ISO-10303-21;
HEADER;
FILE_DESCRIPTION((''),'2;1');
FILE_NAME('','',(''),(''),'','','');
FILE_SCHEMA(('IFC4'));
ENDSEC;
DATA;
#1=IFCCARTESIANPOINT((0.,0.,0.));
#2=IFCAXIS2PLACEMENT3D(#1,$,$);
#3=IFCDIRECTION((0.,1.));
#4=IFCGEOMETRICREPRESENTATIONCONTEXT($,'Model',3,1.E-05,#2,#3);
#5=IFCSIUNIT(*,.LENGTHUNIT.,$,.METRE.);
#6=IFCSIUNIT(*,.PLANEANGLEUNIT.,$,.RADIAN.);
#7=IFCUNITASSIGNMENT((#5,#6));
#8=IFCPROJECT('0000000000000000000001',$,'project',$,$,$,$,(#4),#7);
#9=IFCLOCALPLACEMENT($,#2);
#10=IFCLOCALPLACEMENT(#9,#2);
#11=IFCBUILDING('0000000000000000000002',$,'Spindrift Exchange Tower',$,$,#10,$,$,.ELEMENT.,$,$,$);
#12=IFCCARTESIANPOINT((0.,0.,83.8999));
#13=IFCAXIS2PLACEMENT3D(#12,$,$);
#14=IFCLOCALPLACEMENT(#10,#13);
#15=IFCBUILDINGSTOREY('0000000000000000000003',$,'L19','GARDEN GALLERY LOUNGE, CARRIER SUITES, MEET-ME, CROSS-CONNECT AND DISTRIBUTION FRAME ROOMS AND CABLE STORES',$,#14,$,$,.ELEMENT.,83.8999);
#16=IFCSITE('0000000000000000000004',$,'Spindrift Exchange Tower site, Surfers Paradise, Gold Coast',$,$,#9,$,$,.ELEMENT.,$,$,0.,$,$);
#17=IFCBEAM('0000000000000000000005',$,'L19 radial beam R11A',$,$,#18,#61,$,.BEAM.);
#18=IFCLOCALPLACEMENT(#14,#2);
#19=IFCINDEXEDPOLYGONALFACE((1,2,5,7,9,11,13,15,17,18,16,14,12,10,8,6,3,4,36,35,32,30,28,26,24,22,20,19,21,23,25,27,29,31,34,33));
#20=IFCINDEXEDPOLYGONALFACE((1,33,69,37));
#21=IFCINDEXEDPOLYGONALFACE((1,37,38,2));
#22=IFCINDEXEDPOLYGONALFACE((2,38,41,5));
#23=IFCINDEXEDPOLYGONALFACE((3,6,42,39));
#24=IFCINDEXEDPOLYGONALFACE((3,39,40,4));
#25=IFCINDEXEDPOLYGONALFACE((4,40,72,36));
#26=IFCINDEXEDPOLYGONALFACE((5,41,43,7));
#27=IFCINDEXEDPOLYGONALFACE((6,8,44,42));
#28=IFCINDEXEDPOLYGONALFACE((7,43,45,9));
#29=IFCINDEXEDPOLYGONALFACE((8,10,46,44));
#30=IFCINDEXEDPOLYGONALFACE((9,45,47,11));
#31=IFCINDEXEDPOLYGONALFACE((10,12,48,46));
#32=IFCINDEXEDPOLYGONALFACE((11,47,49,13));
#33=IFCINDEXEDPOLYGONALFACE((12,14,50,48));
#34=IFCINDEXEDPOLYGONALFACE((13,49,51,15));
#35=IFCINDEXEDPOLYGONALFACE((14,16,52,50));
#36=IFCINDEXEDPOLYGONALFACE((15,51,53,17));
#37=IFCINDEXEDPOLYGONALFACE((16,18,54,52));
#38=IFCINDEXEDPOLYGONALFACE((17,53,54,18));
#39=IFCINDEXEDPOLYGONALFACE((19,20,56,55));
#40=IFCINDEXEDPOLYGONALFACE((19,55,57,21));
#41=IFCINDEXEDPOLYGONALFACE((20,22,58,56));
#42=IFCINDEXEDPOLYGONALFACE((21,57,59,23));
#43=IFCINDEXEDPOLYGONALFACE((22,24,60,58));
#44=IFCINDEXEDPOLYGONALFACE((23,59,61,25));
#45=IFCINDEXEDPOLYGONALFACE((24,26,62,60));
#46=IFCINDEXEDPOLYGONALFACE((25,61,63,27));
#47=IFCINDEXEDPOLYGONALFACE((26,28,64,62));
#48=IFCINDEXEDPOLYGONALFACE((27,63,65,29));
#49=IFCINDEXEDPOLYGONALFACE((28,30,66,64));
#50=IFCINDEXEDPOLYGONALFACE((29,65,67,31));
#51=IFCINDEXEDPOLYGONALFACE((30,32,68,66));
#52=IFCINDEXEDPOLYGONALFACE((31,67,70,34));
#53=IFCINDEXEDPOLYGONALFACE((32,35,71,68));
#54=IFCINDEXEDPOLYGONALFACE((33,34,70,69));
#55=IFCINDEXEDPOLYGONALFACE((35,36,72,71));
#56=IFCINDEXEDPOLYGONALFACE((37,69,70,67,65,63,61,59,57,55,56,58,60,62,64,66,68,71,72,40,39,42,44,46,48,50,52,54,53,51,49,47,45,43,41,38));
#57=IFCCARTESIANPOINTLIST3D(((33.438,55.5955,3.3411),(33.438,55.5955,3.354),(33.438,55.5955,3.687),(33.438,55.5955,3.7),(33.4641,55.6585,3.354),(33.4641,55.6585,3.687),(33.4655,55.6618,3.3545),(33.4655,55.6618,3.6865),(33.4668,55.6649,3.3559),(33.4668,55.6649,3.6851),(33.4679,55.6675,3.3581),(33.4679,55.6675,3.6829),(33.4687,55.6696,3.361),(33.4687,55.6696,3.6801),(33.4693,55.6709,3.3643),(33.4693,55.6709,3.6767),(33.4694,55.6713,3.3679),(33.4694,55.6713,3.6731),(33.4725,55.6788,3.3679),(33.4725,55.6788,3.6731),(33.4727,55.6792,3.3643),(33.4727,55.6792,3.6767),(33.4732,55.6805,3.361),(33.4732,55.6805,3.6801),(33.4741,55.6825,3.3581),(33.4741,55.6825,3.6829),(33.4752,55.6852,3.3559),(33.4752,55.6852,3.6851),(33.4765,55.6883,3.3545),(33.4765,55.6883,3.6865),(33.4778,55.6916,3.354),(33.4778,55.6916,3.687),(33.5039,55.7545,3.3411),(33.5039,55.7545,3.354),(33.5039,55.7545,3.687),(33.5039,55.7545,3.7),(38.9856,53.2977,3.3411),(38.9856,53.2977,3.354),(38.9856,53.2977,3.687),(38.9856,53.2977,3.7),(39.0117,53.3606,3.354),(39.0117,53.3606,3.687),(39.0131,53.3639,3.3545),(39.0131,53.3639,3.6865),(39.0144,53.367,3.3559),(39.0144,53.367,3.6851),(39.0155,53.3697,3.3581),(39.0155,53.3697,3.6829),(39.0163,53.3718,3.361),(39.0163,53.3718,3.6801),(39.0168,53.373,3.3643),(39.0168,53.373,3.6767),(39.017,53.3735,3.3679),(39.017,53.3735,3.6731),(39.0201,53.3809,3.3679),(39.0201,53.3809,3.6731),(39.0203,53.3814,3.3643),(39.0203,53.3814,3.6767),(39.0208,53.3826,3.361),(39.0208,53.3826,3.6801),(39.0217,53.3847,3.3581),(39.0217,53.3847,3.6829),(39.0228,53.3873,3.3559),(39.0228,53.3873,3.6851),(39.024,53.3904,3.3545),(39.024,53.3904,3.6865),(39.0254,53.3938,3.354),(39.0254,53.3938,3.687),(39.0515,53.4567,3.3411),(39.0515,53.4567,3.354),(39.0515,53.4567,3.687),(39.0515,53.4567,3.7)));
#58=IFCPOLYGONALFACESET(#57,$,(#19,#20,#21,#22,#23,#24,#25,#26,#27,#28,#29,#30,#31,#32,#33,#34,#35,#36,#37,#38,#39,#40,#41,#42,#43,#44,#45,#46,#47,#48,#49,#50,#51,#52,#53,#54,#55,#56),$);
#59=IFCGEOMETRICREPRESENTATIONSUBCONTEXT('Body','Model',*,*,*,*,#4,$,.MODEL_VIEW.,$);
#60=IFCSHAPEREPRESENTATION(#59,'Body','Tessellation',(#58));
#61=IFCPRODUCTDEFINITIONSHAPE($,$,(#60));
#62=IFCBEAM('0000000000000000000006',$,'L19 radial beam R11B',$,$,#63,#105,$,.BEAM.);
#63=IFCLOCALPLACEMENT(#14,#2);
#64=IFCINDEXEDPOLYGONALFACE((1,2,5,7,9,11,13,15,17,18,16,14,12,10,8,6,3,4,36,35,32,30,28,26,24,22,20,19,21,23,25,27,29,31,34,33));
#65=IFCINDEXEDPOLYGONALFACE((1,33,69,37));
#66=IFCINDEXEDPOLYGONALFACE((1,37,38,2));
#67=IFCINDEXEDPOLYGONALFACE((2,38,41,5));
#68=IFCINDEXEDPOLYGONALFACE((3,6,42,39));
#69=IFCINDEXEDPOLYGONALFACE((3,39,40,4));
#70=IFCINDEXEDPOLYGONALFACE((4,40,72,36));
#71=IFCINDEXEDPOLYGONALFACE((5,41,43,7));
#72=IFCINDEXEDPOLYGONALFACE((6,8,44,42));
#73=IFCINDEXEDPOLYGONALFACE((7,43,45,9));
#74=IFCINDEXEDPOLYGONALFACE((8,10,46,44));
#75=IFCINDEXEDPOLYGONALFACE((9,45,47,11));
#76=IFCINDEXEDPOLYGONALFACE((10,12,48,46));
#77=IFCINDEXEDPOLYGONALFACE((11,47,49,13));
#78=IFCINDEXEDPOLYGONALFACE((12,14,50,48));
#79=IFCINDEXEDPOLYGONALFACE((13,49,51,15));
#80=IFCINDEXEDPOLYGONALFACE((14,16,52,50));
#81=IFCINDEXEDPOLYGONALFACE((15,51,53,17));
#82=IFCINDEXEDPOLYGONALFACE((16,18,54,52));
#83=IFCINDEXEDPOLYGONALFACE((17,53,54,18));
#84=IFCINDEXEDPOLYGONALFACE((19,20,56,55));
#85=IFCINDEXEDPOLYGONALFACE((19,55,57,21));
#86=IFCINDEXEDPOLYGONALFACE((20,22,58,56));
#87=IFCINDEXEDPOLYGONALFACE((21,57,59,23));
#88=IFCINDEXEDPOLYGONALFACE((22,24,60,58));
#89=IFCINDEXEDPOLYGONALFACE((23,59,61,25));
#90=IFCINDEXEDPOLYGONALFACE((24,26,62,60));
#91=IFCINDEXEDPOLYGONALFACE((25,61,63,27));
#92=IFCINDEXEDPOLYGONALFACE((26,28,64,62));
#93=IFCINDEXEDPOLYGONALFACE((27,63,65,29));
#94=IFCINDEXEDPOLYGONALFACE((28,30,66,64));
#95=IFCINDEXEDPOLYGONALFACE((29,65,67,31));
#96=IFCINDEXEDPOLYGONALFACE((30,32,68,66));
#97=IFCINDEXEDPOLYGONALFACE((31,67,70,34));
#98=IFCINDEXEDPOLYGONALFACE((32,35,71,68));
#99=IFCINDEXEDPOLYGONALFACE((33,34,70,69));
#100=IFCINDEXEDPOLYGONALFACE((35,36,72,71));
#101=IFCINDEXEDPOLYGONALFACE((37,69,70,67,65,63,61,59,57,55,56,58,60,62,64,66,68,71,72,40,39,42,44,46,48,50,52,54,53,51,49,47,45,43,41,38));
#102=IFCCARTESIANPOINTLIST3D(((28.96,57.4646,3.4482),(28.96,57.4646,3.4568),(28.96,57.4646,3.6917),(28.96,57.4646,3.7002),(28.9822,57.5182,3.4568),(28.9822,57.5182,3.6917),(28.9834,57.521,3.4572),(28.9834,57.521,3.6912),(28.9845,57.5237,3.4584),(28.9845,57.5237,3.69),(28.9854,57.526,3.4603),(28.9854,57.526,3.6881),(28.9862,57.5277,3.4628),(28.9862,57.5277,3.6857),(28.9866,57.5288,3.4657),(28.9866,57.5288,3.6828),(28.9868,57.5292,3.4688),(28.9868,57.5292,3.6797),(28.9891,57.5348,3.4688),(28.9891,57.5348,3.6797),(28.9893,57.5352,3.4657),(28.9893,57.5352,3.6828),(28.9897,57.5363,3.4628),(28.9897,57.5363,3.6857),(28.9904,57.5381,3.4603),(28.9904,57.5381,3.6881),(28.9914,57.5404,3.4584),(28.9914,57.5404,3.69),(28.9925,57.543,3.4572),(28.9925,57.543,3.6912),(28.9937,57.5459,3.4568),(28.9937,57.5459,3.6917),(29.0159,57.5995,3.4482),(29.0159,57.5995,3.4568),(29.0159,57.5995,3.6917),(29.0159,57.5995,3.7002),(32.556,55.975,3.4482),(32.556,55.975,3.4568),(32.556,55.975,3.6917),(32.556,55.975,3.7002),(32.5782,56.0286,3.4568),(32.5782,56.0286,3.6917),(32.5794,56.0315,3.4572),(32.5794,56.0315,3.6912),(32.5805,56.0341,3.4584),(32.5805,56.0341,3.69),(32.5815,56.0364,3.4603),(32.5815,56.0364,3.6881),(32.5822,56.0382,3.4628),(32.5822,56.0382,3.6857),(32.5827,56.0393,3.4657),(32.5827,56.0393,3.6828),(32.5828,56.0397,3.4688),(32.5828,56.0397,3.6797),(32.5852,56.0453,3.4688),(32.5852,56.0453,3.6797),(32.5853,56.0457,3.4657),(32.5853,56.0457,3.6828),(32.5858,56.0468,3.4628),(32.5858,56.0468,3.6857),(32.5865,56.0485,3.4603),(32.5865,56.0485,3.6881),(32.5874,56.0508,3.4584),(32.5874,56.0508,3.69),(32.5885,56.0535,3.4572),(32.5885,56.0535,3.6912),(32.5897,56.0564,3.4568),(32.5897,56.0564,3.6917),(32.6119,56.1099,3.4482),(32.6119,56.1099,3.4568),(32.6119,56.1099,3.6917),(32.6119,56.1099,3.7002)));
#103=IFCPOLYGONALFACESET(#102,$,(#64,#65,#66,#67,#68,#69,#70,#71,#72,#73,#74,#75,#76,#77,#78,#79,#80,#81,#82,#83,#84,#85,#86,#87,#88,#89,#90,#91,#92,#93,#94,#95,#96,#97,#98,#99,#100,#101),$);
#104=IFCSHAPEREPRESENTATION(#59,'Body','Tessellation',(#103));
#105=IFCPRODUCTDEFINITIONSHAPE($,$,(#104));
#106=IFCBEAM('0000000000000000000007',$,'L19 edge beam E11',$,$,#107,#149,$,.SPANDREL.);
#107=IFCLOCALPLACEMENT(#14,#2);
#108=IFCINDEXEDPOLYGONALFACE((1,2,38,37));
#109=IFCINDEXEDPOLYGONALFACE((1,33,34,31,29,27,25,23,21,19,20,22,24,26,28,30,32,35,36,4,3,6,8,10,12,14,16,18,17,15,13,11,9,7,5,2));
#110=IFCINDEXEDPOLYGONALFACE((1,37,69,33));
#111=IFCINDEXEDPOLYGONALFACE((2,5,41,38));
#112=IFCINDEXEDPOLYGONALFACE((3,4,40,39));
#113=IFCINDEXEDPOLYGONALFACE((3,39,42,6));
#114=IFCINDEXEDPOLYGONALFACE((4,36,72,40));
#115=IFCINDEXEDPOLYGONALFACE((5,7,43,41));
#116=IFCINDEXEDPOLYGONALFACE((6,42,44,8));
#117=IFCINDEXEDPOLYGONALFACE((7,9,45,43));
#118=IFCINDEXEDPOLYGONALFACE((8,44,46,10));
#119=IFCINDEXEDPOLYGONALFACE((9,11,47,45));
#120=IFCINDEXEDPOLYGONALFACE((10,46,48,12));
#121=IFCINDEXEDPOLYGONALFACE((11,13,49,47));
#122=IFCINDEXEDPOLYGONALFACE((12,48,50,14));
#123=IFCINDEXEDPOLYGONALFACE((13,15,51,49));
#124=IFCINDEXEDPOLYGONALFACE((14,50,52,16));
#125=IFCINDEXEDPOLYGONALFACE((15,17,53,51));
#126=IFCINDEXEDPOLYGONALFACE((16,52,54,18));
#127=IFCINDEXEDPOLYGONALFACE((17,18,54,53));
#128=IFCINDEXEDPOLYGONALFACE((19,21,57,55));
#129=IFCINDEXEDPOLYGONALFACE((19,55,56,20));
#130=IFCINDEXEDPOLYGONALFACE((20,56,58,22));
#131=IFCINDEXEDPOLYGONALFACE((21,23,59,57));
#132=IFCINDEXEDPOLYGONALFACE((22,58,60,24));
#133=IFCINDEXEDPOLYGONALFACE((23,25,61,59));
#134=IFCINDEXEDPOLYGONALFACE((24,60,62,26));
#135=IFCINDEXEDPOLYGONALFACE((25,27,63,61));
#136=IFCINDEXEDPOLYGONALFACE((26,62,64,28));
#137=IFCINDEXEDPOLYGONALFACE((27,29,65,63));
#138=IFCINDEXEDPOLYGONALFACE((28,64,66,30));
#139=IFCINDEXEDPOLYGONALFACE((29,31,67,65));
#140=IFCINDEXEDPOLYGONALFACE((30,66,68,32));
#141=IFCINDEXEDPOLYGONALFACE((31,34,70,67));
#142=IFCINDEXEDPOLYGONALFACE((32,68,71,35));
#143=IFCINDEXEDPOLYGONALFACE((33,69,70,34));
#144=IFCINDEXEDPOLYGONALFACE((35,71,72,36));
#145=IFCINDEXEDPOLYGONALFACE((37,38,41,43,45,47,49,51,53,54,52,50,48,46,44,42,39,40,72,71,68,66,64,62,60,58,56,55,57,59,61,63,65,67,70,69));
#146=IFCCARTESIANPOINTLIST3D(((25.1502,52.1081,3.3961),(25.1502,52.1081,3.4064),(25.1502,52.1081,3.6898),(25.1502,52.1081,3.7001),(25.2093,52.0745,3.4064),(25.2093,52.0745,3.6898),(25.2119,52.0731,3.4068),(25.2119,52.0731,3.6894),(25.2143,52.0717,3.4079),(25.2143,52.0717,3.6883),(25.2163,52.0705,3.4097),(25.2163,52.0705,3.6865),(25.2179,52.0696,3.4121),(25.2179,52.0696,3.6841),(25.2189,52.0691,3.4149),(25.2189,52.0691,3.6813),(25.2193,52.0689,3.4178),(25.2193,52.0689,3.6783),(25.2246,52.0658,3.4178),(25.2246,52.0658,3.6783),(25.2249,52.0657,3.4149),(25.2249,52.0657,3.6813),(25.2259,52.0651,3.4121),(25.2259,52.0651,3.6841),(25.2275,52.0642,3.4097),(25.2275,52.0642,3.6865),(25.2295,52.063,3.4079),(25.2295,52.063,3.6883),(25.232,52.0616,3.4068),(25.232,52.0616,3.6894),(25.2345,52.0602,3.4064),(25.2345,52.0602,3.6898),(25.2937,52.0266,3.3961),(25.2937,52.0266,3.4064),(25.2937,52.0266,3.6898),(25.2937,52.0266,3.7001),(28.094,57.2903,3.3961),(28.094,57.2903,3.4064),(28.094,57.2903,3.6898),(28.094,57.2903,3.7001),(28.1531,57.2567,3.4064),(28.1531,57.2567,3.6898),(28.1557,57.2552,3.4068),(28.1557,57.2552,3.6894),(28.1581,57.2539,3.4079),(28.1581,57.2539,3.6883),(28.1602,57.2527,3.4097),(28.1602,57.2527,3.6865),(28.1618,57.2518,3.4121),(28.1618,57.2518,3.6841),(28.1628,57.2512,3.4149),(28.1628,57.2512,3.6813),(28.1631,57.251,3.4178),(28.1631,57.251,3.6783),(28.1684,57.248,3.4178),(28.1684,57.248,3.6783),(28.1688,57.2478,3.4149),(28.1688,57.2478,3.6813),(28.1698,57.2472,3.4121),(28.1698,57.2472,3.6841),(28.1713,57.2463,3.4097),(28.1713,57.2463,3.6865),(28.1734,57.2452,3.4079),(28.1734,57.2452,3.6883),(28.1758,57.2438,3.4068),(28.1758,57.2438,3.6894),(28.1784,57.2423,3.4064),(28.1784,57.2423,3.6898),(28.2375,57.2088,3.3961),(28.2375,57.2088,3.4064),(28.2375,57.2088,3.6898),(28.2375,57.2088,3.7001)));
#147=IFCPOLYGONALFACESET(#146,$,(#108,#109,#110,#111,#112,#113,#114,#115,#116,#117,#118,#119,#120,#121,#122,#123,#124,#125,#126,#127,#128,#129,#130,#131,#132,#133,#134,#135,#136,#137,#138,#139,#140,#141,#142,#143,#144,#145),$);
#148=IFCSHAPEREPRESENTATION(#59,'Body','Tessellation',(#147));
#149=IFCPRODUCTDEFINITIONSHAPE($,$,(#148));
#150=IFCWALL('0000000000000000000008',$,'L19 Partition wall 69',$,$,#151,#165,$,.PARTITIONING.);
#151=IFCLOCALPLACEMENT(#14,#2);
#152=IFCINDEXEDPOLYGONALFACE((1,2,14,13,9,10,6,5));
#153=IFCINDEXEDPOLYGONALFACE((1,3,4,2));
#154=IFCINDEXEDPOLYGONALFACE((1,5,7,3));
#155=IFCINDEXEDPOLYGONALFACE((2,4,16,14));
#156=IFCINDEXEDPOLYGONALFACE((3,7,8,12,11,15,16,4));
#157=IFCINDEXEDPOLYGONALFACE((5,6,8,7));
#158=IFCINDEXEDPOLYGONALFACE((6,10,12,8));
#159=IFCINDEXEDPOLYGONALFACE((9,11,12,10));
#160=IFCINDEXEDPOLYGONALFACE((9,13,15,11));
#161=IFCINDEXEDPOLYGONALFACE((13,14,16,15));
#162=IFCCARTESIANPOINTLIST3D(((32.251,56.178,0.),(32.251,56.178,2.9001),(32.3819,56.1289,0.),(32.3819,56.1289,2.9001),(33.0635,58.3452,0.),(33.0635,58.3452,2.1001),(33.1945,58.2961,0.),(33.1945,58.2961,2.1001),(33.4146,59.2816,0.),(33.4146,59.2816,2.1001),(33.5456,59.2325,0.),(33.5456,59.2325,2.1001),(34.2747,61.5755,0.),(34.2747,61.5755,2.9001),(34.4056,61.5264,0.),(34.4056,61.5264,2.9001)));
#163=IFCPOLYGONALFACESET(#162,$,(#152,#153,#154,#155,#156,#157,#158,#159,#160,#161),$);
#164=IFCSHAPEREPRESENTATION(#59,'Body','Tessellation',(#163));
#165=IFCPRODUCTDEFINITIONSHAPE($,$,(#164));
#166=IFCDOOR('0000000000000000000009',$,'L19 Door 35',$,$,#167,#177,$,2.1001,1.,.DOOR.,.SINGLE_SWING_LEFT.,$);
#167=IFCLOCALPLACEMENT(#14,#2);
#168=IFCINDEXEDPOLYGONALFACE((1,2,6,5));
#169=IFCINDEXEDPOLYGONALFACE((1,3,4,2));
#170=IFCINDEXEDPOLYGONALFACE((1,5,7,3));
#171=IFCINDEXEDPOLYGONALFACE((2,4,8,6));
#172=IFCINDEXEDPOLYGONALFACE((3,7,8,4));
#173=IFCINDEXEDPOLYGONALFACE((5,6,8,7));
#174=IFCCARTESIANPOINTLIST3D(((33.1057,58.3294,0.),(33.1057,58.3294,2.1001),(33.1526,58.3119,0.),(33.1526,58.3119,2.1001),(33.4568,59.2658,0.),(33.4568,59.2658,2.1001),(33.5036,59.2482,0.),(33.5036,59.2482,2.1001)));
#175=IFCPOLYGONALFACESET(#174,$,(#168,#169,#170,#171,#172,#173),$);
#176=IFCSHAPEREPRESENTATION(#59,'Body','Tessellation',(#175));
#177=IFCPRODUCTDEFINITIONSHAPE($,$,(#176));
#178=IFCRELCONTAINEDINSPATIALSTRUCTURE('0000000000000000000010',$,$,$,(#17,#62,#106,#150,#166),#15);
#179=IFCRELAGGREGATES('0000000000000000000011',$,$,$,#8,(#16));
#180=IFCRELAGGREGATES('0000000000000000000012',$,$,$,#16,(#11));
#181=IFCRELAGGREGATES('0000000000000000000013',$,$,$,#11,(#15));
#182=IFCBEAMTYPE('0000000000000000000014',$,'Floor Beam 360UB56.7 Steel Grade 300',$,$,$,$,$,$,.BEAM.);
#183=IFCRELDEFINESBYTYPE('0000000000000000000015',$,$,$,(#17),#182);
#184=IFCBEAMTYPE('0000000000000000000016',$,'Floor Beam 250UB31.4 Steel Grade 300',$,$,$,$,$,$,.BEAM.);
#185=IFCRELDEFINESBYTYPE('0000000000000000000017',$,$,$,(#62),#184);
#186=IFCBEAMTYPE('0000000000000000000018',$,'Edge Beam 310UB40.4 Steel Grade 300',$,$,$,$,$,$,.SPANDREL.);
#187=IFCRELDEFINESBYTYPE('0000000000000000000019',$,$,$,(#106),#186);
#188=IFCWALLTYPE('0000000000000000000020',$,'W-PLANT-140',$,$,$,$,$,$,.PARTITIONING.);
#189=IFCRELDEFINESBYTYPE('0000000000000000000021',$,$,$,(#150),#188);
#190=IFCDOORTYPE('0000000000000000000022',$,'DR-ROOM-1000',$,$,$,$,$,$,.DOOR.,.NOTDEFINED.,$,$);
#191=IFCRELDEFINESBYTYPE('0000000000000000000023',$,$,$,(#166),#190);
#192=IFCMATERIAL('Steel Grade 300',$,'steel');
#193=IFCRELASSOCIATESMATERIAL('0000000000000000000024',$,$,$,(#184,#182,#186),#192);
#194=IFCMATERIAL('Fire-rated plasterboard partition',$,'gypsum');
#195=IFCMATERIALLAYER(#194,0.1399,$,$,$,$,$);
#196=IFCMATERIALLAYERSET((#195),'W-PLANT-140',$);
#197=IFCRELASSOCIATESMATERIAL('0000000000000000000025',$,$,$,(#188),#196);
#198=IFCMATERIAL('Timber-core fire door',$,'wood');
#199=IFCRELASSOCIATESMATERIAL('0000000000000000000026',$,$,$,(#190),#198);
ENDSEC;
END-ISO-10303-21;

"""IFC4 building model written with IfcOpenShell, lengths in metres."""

from ifc_helpers import new_model, si_unit, direction, frame, frame_2d, origin, origin_2d, place, context, subcontext, project, spatial, rectangle, i_section, extrude, source, transform, mapped, material, layer, layer_set, material_profile, profile_set, type_object, element, fill, save


model = new_model("IFC4")

# Units and contexts
model_context = context("Model", 3, precision=1e-05, world=origin(), true_north=direction((0.0, 1.0)))
body_context = subcontext(model_context, "Body", "Model", "MODEL_VIEW")
ifc_project = project(units=[si_unit("LENGTHUNIT", "METRE"), si_unit("PLANEANGLEUNIT", "RADIAN")], contexts=[model_context])

# Site, building, storey
site_placement = place(None, origin())
site = spatial("IfcSite", under=ifc_project, at=site_placement, Name="Spindrift Exchange Tower site, Surfers Paradise, Gold Coast", CompositionType="ELEMENT", RefElevation=0.0)
building_placement = place(site_placement, origin())
building = spatial("IfcBuilding", under=site, at=building_placement, Name="Spindrift Exchange Tower", CompositionType="ELEMENT")
storey_placement = place(building_placement, frame((0.0, 0.0, 83.8999)))
storey = spatial("IfcBuildingStorey", under=building, at=storey_placement, Name="L19", Description="GARDEN GALLERY LOUNGE, CARRIER SUITES, MEET-ME, CROSS-CONNECT AND DISTRIBUTION FRAME ROOMS AND CABLE STORES", CompositionType="ELEMENT", Elevation=83.8999)

# Beams
ifc_material_1 = material(Name="Steel Grade 300", Category="steel")
ifc_material_profile_1 = material_profile(ifc_material_1, i_section(OverallWidth=0.146, OverallDepth=0.252, WebThickness=0.0061, FlangeThickness=0.0085, FilletRadius=0.012, at=origin_2d()), Name="250UB31.4")
ifc_profile_set_1 = profile_set([ifc_material_profile_1], Name="Steel Grade 300")
beam_type_1 = type_object("IfcBeamType", Name="Floor Beam 250UB31.4 Steel Grade 300", PredefinedType="BEAM", material=ifc_profile_set_1)
ifc_material_profile_2 = material_profile(ifc_material_1, i_section(OverallWidth=0.1721, OverallDepth=0.3589, WebThickness=0.0081, FlangeThickness=0.0129, FilletRadius=0.0139, at=origin_2d()), Name="360UB56.7")
ifc_profile_set_2 = profile_set([ifc_material_profile_2], Name="Steel Grade 300")
beam_type_2 = type_object("IfcBeamType", Name="Floor Beam 360UB56.7 Steel Grade 300", PredefinedType="BEAM", material=ifc_profile_set_2)
shared_shape_1 = source(origin(), body_context, "Body", "SweptSolid", [
    extrude(i_section(OverallWidth=0.1721, OverallDepth=0.3589, WebThickness=0.0081, FlangeThickness=0.0129, FilletRadius=0.0139, at=origin_2d()), origin(), (0.0, 0.0, 1.0), 6.0046),
])
beam_1_placement = place(storey_placement, frame((39.0186, 53.3772, 3.5205), z_axis=(-0.923882, 0.382677, 0.0), x_axis=(-0.382677, -0.923882, 0.0)))
element("IfcBeam", 1, at=beam_1_placement, inside=storey, type_object=beam_type_2, Name="L19 radial beam R11A", PredefinedType="BEAM", context=body_context, shape_type="MappedRepresentation", body=[
    mapped(shared_shape_1, transform((0.0, 0.0, 0.0), scale=1.0)),
])
shared_shape_2 = source(origin(), body_context, "Body", "SweptSolid", [
    extrude(i_section(OverallWidth=0.146, OverallDepth=0.252, WebThickness=0.0061, FlangeThickness=0.0085, FilletRadius=0.012, at=origin_2d()), origin(), (0.0, 0.0, 1.0), 3.8923),
])
beam_2_placement = place(storey_placement, frame((32.584, 56.0425, 3.5742), z_axis=(-0.923878, 0.382686, 0.0), x_axis=(-0.382686, -0.923878, 0.0)))
element("IfcBeam", 2, at=beam_2_placement, inside=storey, type_object=beam_type_1, Name="L19 radial beam R11B", PredefinedType="BEAM", context=body_context, shape_type="MappedRepresentation", body=[
    mapped(shared_shape_2, transform((0.0, 0.0, 0.0), scale=1.0)),
])
ifc_material_profile_3 = material_profile(ifc_material_1, i_section(OverallWidth=0.165, OverallDepth=0.304, WebThickness=0.0061, FlangeThickness=0.0103, FilletRadius=0.0115, at=origin_2d()), Name="310UB40.4")
ifc_profile_set_3 = profile_set([ifc_material_profile_3], Name="Steel Grade 300")
beam_type_3 = type_object("IfcBeamType", Name="Edge Beam 310UB40.4 Steel Grade 300", PredefinedType="SPANDREL", material=ifc_profile_set_3)
shared_shape_3 = source(origin(), body_context, "Body", "SweptSolid", [
    extrude(i_section(OverallWidth=0.165, OverallDepth=0.304, WebThickness=0.0061, FlangeThickness=0.0103, FilletRadius=0.0115, at=origin_2d()), origin(), (0.0, 0.0, 1.0), 5.96),
])
beam_3_placement = place(storey_placement, frame((28.1658, 57.2495, 3.5481), z_axis=(-0.49394, -0.869496, 0.0), x_axis=(0.869496, -0.49394, 0.0)))
element("IfcBeam", 3, at=beam_3_placement, inside=storey, type_object=beam_type_3, Name="L19 edge beam E11", PredefinedType="SPANDREL", context=body_context, shape_type="MappedRepresentation", body=[
    mapped(shared_shape_3, transform((0.0, 0.0, 0.0), scale=1.0)),
])

# Wall, opening, door
ifc_material_2 = material(Name="Fire-rated plasterboard partition", Category="gypsum")
ifc_layer = layer(ifc_material_2, 0.1399)
ifc_layer_set = layer_set([ifc_layer], Name="W-PLANT-140")
wall_type = type_object("IfcWallType", Name="W-PLANT-140", PredefinedType="PARTITIONING", material=ifc_layer_set)
wall_1_placement = place(storey_placement, frame((32.3164, 56.1533, 0.0), z_axis=(0.0, 0.0, 1.0), x_axis=(0.351068, 0.93635, 0.0)))
wall_1 = element("IfcWall", 4, at=wall_1_placement, inside=storey, type_object=wall_type, Name="L19 Partition wall 69", PredefinedType="PARTITIONING", context=body_context, shape_type="SweptSolid", body=[
    extrude(rectangle(XDim=5.7644, YDim=0.1399, at=frame_2d((2.8823, 0.0))), origin(), (0.0, 0.0, 1.0), 2.9001),
])
opening_placement = place(wall_1_placement, frame((2.3147, 0.0, 0.0)))
opening = element("IfcOpeningElement", 5, at=opening_placement, cuts=wall_1, PredefinedType="OPENING", context=body_context, shape_type="SweptSolid", body=[
    extrude(rectangle(XDim=1.0, YDim=2.1001, at=frame_2d((0.5, 1.05))), frame((0.0, 0.0798, 0.0), z_axis=(0.0, -1.0, 0.0), x_axis=(1.0, 0.0, 0.0)), (0.0, 0.0, 1.0), 0.1599),
])
ifc_material_3 = material(Name="Timber-core fire door", Category="wood")
door_type = type_object("IfcDoorType", Name="DR-ROOM-1000", OperationType="NOTDEFINED", PredefinedType="DOOR", material=ifc_material_3)
shared_shape_4 = source(origin(), body_context, "Body", "SweptSolid", [
    extrude(rectangle(XDim=1.0, YDim=2.1001, at=frame_2d((0.5, 1.05))), frame((0.0, 0.0249, 0.0), z_axis=(0.0, -1.0, 0.0), x_axis=(1.0, 0.0, 0.0)), (0.0, 0.0, 1.0), 0.05),
])
door_placement = place(opening_placement, origin())
door = element("IfcDoor", 6, at=door_placement, inside=storey, type_object=door_type, Name="L19 Door 35", OperationType="SINGLE_SWING_LEFT", OverallHeight=2.1001, OverallWidth=1.0, PredefinedType="DOOR", context=body_context, shape_type="MappedRepresentation", body=[
    mapped(shared_shape_4, transform((0.0, 0.0, 0.0), scale=1.0)),
])
fill(opening, door)

save(model, "model.ifc")
